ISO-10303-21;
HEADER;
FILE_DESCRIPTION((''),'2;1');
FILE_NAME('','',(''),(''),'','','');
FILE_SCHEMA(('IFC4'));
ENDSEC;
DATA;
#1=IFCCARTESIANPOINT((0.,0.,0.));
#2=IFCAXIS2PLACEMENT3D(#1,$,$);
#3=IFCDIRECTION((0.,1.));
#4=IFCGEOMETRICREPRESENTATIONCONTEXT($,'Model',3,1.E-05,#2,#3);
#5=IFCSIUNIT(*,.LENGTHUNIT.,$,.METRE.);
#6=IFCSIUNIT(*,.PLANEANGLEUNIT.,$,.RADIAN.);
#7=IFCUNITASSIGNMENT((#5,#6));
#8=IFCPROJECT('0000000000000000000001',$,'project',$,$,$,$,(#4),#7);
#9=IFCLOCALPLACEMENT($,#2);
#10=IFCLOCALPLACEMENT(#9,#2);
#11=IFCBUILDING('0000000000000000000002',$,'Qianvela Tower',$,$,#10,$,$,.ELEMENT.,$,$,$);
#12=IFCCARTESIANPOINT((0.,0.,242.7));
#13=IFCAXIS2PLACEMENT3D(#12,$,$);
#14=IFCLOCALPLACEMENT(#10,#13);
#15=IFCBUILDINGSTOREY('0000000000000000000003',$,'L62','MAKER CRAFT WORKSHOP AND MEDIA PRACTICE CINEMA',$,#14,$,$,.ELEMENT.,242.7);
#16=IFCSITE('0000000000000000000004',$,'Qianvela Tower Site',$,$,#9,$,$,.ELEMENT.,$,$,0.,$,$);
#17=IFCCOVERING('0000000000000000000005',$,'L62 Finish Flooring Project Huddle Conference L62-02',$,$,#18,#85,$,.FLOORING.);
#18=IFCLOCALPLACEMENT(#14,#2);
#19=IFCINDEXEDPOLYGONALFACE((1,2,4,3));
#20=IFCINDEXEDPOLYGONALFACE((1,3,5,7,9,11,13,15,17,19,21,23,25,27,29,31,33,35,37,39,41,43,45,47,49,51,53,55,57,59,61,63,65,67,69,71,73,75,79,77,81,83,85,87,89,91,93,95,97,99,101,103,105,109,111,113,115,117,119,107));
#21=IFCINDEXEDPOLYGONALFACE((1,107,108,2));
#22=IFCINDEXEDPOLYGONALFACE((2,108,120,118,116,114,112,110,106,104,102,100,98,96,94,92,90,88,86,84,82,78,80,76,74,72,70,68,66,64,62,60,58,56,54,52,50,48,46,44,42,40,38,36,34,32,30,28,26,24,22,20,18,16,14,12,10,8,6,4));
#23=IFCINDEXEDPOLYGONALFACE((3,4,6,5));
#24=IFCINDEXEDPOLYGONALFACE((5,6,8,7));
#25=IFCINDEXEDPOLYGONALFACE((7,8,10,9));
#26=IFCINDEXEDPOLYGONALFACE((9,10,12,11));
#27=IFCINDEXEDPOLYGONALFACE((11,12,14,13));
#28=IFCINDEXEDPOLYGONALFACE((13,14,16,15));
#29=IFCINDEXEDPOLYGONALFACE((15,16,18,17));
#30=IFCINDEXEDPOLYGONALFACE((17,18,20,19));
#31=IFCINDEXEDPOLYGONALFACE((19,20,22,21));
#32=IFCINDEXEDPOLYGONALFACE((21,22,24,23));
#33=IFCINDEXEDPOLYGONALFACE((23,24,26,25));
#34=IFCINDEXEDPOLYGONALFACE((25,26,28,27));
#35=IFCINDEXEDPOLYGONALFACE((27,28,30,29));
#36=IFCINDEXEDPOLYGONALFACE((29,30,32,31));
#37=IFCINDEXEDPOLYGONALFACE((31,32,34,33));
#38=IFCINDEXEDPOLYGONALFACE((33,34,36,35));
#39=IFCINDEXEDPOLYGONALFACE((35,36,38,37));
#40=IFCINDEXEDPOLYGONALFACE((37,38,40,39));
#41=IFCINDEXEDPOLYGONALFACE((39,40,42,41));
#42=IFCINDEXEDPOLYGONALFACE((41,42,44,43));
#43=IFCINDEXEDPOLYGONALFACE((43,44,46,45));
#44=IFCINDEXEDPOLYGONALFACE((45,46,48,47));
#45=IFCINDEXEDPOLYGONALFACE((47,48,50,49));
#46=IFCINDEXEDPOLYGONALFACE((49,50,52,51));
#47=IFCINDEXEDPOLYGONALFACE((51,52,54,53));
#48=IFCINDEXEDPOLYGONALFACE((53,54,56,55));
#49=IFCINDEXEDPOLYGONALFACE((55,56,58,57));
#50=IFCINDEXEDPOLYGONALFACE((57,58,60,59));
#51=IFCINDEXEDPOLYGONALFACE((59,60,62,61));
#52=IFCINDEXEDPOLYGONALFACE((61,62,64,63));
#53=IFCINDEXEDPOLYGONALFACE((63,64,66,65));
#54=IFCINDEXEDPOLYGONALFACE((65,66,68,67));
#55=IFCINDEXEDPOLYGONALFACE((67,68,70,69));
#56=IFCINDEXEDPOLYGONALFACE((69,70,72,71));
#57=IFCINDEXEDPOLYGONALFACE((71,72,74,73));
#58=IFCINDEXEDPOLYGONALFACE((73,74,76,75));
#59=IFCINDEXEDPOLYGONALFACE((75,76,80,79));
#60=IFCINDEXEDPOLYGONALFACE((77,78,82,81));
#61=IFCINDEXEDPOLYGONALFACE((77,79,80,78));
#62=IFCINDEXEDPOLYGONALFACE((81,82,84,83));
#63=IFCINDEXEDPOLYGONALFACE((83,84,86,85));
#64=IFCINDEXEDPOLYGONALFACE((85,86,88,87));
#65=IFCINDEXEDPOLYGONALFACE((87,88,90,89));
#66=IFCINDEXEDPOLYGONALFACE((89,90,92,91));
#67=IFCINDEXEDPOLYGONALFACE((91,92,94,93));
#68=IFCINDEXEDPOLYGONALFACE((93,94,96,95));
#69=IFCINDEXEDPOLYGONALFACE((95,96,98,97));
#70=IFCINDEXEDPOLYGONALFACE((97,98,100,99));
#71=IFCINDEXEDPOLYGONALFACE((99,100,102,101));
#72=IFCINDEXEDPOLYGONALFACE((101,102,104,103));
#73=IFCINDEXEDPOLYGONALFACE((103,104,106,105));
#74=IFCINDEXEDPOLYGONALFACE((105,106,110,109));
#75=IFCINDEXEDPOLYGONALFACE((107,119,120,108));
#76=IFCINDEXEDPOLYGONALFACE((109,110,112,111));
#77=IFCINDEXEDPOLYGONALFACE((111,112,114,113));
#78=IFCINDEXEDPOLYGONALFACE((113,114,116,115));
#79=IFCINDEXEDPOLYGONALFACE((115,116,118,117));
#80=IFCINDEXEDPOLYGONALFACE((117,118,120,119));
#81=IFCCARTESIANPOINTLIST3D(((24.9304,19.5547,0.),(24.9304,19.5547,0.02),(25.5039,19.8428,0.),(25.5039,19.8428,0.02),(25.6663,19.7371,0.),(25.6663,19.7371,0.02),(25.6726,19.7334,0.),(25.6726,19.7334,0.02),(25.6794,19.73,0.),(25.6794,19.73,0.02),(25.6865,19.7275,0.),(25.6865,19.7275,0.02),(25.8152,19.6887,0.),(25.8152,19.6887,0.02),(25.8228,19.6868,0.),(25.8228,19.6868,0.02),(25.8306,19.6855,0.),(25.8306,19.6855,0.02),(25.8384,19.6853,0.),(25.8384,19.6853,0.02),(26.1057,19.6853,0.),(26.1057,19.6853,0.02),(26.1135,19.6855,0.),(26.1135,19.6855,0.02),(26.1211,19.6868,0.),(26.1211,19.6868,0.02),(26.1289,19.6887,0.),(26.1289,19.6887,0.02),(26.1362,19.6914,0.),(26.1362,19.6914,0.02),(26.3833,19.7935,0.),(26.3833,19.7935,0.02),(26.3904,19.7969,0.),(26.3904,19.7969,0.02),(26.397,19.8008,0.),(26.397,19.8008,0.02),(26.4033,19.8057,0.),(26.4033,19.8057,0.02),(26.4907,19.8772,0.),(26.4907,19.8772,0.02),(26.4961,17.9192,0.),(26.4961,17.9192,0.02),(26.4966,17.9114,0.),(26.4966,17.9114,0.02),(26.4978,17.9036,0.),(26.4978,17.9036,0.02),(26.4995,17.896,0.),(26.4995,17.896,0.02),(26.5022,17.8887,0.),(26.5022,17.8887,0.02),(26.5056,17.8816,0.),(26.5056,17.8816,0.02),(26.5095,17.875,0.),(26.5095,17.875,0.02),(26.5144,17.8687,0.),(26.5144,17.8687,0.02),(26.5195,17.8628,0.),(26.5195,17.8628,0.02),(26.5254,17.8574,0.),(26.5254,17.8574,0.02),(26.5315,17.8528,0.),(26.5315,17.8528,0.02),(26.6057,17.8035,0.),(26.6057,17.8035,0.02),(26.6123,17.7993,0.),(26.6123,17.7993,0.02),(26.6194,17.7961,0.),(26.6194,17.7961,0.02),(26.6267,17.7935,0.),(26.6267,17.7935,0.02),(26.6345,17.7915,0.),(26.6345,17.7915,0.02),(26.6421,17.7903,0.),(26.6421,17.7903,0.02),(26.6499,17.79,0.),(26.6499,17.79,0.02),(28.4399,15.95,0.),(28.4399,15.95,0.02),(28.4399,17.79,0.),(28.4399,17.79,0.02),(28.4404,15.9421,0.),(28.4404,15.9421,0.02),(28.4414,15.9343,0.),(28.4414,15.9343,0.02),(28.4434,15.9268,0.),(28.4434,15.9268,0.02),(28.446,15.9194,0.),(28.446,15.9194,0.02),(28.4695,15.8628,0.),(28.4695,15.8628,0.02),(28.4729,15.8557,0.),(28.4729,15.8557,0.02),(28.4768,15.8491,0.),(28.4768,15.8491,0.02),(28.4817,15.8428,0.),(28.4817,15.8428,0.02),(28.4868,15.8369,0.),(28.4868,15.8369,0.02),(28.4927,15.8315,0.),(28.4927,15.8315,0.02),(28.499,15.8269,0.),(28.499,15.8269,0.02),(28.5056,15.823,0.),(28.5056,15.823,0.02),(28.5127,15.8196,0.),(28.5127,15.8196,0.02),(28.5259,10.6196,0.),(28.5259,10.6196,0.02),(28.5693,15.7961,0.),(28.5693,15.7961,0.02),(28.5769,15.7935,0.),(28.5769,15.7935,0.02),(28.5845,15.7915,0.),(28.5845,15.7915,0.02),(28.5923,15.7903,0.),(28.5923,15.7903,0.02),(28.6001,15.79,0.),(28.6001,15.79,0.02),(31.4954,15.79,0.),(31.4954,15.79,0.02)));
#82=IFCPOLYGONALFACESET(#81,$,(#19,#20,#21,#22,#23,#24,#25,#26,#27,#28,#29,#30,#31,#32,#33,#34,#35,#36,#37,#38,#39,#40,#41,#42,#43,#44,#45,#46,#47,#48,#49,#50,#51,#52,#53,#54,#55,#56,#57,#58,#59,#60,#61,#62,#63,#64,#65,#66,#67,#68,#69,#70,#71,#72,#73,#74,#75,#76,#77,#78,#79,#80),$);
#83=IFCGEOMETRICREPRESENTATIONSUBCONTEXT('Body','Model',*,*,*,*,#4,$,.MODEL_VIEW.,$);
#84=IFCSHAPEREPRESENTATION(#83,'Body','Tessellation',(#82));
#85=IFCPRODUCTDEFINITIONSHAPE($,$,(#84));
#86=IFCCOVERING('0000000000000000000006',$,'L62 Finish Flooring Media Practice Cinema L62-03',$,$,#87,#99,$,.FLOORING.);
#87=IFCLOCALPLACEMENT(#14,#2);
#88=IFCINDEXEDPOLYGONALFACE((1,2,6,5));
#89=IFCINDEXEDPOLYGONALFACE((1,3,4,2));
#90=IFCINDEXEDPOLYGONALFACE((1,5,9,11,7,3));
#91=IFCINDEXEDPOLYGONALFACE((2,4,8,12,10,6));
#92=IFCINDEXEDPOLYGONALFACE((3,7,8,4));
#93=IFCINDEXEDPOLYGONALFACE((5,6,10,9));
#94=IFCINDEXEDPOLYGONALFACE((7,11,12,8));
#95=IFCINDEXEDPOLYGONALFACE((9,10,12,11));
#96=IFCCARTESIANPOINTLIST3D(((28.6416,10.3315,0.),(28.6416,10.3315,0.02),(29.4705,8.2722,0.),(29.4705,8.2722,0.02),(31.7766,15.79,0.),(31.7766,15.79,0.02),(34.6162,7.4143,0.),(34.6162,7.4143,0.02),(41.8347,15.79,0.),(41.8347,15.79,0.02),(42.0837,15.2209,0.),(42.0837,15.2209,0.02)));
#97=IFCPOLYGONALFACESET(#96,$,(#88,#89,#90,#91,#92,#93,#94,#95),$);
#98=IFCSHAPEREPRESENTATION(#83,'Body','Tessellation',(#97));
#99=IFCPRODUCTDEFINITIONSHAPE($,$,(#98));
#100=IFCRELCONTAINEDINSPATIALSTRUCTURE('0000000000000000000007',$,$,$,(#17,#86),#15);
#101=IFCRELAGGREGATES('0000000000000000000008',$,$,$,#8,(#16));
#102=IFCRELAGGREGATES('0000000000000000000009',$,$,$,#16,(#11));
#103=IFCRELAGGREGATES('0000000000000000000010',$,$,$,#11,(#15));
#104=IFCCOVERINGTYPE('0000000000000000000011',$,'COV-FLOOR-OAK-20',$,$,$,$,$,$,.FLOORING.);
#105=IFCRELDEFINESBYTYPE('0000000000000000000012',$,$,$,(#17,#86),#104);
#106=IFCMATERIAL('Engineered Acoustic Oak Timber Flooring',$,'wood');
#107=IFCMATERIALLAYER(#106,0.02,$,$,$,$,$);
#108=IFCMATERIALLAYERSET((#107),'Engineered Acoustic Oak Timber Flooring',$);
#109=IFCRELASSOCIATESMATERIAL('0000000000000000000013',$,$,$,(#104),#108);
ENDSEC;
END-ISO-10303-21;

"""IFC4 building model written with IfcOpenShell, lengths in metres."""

from ifc_helpers import new_model, si_unit, direction, frame, origin, place, context, subcontext, project, spatial, polyline, outline, extrude, material, layer, layer_set, type_object, element, save


model = new_model("IFC4")

# Units and contexts
model_context = context("Model", 3, precision=1e-05, world=origin(), true_north=direction((0.0, 1.0)))
body_context = subcontext(model_context, "Body", "Model", "MODEL_VIEW")
ifc_project = project(units=[si_unit("LENGTHUNIT", "METRE"), si_unit("PLANEANGLEUNIT", "RADIAN")], contexts=[model_context])

# Site, building, storey
site_placement = place(None, origin())
site = spatial("IfcSite", under=ifc_project, at=site_placement, Name="Qianvela Tower Site", CompositionType="ELEMENT", RefElevation=0.0)
building_placement = place(site_placement, origin())
building = spatial("IfcBuilding", under=site, at=building_placement, Name="Qianvela Tower", CompositionType="ELEMENT")
storey_placement = place(building_placement, frame((0.0, 0.0, 242.7)))
storey = spatial("IfcBuildingStorey", under=building, at=storey_placement, Name="L62", Description="MAKER CRAFT WORKSHOP AND MEDIA PRACTICE CINEMA", CompositionType="ELEMENT", Elevation=242.7)

# Coverings
ifc_material_1 = material(Name="Engineered Acoustic Oak Timber Flooring", Category="wood")
ifc_layer_1 = layer(ifc_material_1, 0.02)
ifc_layer_set_1 = layer_set([ifc_layer_1], Name="Engineered Acoustic Oak Timber Flooring")
covering_type_1 = type_object("IfcCoveringType", Name="COV-FLOOR-OAK-20", PredefinedType="FLOORING", material=ifc_layer_set_1)
covering_1_placement = place(storey_placement, origin())
element("IfcCovering", 1, at=covering_1_placement, inside=storey, type_object=covering_type_1, Name="L62 Finish Flooring Project Huddle Conference L62-02", PredefinedType="FLOORING", context=body_context, shape_type="SweptSolid", body=[
    extrude(outline(polyline([(26.4907, 19.8772), (26.4961, 17.9192), (26.4966, 17.9114), (26.4978, 17.9036), (26.4995, 17.896), (26.5022, 17.8887), (26.5056, 17.8816), (26.5095, 17.875), (26.5144, 17.8687), (26.5195, 17.8628), (26.5254, 17.8574), (26.5315, 17.8528), (26.6057, 17.8035), (26.6123, 17.7993), (26.6194, 17.7961), (26.6267, 17.7935), (26.6345, 17.7915), (26.6421, 17.7903), (26.6499, 17.79), (28.4399, 17.79), (28.4399, 15.95), (28.4404, 15.9421), (28.4414, 15.9343), (28.4434, 15.9268), (28.446, 15.9194), (28.4695, 15.8628), (28.4729, 15.8557), (28.4768, 15.8491), (28.4817, 15.8428), (28.4868, 15.8369), (28.4927, 15.8315), (28.499, 15.8269), (28.5056, 15.823), (28.5127, 15.8196), (28.5693, 15.7961), (28.5769, 15.7935), (28.5845, 15.7915), (28.5923, 15.7903), (28.6001, 15.79), (31.4954, 15.79), (28.5259, 10.6196), (24.9304, 19.5547), (25.5039, 19.8428), (25.6663, 19.7371), (25.6726, 19.7334), (25.6794, 19.73), (25.6865, 19.7275), (25.8152, 19.6887), (25.8228, 19.6868), (25.8306, 19.6855), (25.8384, 19.6853), (26.1057, 19.6853), (26.1135, 19.6855), (26.1211, 19.6868), (26.1289, 19.6887), (26.1362, 19.6914), (26.3833, 19.7935), (26.3904, 19.7969), (26.397, 19.8008), (26.4033, 19.8057), (26.4907, 19.8772)])), origin(), (0.0, 0.0, 1.0), 0.02),
])
covering_2_placement = place(storey_placement, origin())
element("IfcCovering", 2, at=covering_2_placement, inside=storey, type_object=covering_type_1, Name="L62 Finish Flooring Media Practice Cinema L62-03", PredefinedType="FLOORING", context=body_context, shape_type="SweptSolid", body=[
    extrude(outline(polyline([(42.0837, 15.2209), (34.6162, 7.4143), (29.4705, 8.2722), (28.6416, 10.3315), (31.7766, 15.79), (41.8347, 15.79), (42.0837, 15.2209)])), origin(), (0.0, 0.0, 1.0), 0.02),
])

save(model, "model.ifc")
